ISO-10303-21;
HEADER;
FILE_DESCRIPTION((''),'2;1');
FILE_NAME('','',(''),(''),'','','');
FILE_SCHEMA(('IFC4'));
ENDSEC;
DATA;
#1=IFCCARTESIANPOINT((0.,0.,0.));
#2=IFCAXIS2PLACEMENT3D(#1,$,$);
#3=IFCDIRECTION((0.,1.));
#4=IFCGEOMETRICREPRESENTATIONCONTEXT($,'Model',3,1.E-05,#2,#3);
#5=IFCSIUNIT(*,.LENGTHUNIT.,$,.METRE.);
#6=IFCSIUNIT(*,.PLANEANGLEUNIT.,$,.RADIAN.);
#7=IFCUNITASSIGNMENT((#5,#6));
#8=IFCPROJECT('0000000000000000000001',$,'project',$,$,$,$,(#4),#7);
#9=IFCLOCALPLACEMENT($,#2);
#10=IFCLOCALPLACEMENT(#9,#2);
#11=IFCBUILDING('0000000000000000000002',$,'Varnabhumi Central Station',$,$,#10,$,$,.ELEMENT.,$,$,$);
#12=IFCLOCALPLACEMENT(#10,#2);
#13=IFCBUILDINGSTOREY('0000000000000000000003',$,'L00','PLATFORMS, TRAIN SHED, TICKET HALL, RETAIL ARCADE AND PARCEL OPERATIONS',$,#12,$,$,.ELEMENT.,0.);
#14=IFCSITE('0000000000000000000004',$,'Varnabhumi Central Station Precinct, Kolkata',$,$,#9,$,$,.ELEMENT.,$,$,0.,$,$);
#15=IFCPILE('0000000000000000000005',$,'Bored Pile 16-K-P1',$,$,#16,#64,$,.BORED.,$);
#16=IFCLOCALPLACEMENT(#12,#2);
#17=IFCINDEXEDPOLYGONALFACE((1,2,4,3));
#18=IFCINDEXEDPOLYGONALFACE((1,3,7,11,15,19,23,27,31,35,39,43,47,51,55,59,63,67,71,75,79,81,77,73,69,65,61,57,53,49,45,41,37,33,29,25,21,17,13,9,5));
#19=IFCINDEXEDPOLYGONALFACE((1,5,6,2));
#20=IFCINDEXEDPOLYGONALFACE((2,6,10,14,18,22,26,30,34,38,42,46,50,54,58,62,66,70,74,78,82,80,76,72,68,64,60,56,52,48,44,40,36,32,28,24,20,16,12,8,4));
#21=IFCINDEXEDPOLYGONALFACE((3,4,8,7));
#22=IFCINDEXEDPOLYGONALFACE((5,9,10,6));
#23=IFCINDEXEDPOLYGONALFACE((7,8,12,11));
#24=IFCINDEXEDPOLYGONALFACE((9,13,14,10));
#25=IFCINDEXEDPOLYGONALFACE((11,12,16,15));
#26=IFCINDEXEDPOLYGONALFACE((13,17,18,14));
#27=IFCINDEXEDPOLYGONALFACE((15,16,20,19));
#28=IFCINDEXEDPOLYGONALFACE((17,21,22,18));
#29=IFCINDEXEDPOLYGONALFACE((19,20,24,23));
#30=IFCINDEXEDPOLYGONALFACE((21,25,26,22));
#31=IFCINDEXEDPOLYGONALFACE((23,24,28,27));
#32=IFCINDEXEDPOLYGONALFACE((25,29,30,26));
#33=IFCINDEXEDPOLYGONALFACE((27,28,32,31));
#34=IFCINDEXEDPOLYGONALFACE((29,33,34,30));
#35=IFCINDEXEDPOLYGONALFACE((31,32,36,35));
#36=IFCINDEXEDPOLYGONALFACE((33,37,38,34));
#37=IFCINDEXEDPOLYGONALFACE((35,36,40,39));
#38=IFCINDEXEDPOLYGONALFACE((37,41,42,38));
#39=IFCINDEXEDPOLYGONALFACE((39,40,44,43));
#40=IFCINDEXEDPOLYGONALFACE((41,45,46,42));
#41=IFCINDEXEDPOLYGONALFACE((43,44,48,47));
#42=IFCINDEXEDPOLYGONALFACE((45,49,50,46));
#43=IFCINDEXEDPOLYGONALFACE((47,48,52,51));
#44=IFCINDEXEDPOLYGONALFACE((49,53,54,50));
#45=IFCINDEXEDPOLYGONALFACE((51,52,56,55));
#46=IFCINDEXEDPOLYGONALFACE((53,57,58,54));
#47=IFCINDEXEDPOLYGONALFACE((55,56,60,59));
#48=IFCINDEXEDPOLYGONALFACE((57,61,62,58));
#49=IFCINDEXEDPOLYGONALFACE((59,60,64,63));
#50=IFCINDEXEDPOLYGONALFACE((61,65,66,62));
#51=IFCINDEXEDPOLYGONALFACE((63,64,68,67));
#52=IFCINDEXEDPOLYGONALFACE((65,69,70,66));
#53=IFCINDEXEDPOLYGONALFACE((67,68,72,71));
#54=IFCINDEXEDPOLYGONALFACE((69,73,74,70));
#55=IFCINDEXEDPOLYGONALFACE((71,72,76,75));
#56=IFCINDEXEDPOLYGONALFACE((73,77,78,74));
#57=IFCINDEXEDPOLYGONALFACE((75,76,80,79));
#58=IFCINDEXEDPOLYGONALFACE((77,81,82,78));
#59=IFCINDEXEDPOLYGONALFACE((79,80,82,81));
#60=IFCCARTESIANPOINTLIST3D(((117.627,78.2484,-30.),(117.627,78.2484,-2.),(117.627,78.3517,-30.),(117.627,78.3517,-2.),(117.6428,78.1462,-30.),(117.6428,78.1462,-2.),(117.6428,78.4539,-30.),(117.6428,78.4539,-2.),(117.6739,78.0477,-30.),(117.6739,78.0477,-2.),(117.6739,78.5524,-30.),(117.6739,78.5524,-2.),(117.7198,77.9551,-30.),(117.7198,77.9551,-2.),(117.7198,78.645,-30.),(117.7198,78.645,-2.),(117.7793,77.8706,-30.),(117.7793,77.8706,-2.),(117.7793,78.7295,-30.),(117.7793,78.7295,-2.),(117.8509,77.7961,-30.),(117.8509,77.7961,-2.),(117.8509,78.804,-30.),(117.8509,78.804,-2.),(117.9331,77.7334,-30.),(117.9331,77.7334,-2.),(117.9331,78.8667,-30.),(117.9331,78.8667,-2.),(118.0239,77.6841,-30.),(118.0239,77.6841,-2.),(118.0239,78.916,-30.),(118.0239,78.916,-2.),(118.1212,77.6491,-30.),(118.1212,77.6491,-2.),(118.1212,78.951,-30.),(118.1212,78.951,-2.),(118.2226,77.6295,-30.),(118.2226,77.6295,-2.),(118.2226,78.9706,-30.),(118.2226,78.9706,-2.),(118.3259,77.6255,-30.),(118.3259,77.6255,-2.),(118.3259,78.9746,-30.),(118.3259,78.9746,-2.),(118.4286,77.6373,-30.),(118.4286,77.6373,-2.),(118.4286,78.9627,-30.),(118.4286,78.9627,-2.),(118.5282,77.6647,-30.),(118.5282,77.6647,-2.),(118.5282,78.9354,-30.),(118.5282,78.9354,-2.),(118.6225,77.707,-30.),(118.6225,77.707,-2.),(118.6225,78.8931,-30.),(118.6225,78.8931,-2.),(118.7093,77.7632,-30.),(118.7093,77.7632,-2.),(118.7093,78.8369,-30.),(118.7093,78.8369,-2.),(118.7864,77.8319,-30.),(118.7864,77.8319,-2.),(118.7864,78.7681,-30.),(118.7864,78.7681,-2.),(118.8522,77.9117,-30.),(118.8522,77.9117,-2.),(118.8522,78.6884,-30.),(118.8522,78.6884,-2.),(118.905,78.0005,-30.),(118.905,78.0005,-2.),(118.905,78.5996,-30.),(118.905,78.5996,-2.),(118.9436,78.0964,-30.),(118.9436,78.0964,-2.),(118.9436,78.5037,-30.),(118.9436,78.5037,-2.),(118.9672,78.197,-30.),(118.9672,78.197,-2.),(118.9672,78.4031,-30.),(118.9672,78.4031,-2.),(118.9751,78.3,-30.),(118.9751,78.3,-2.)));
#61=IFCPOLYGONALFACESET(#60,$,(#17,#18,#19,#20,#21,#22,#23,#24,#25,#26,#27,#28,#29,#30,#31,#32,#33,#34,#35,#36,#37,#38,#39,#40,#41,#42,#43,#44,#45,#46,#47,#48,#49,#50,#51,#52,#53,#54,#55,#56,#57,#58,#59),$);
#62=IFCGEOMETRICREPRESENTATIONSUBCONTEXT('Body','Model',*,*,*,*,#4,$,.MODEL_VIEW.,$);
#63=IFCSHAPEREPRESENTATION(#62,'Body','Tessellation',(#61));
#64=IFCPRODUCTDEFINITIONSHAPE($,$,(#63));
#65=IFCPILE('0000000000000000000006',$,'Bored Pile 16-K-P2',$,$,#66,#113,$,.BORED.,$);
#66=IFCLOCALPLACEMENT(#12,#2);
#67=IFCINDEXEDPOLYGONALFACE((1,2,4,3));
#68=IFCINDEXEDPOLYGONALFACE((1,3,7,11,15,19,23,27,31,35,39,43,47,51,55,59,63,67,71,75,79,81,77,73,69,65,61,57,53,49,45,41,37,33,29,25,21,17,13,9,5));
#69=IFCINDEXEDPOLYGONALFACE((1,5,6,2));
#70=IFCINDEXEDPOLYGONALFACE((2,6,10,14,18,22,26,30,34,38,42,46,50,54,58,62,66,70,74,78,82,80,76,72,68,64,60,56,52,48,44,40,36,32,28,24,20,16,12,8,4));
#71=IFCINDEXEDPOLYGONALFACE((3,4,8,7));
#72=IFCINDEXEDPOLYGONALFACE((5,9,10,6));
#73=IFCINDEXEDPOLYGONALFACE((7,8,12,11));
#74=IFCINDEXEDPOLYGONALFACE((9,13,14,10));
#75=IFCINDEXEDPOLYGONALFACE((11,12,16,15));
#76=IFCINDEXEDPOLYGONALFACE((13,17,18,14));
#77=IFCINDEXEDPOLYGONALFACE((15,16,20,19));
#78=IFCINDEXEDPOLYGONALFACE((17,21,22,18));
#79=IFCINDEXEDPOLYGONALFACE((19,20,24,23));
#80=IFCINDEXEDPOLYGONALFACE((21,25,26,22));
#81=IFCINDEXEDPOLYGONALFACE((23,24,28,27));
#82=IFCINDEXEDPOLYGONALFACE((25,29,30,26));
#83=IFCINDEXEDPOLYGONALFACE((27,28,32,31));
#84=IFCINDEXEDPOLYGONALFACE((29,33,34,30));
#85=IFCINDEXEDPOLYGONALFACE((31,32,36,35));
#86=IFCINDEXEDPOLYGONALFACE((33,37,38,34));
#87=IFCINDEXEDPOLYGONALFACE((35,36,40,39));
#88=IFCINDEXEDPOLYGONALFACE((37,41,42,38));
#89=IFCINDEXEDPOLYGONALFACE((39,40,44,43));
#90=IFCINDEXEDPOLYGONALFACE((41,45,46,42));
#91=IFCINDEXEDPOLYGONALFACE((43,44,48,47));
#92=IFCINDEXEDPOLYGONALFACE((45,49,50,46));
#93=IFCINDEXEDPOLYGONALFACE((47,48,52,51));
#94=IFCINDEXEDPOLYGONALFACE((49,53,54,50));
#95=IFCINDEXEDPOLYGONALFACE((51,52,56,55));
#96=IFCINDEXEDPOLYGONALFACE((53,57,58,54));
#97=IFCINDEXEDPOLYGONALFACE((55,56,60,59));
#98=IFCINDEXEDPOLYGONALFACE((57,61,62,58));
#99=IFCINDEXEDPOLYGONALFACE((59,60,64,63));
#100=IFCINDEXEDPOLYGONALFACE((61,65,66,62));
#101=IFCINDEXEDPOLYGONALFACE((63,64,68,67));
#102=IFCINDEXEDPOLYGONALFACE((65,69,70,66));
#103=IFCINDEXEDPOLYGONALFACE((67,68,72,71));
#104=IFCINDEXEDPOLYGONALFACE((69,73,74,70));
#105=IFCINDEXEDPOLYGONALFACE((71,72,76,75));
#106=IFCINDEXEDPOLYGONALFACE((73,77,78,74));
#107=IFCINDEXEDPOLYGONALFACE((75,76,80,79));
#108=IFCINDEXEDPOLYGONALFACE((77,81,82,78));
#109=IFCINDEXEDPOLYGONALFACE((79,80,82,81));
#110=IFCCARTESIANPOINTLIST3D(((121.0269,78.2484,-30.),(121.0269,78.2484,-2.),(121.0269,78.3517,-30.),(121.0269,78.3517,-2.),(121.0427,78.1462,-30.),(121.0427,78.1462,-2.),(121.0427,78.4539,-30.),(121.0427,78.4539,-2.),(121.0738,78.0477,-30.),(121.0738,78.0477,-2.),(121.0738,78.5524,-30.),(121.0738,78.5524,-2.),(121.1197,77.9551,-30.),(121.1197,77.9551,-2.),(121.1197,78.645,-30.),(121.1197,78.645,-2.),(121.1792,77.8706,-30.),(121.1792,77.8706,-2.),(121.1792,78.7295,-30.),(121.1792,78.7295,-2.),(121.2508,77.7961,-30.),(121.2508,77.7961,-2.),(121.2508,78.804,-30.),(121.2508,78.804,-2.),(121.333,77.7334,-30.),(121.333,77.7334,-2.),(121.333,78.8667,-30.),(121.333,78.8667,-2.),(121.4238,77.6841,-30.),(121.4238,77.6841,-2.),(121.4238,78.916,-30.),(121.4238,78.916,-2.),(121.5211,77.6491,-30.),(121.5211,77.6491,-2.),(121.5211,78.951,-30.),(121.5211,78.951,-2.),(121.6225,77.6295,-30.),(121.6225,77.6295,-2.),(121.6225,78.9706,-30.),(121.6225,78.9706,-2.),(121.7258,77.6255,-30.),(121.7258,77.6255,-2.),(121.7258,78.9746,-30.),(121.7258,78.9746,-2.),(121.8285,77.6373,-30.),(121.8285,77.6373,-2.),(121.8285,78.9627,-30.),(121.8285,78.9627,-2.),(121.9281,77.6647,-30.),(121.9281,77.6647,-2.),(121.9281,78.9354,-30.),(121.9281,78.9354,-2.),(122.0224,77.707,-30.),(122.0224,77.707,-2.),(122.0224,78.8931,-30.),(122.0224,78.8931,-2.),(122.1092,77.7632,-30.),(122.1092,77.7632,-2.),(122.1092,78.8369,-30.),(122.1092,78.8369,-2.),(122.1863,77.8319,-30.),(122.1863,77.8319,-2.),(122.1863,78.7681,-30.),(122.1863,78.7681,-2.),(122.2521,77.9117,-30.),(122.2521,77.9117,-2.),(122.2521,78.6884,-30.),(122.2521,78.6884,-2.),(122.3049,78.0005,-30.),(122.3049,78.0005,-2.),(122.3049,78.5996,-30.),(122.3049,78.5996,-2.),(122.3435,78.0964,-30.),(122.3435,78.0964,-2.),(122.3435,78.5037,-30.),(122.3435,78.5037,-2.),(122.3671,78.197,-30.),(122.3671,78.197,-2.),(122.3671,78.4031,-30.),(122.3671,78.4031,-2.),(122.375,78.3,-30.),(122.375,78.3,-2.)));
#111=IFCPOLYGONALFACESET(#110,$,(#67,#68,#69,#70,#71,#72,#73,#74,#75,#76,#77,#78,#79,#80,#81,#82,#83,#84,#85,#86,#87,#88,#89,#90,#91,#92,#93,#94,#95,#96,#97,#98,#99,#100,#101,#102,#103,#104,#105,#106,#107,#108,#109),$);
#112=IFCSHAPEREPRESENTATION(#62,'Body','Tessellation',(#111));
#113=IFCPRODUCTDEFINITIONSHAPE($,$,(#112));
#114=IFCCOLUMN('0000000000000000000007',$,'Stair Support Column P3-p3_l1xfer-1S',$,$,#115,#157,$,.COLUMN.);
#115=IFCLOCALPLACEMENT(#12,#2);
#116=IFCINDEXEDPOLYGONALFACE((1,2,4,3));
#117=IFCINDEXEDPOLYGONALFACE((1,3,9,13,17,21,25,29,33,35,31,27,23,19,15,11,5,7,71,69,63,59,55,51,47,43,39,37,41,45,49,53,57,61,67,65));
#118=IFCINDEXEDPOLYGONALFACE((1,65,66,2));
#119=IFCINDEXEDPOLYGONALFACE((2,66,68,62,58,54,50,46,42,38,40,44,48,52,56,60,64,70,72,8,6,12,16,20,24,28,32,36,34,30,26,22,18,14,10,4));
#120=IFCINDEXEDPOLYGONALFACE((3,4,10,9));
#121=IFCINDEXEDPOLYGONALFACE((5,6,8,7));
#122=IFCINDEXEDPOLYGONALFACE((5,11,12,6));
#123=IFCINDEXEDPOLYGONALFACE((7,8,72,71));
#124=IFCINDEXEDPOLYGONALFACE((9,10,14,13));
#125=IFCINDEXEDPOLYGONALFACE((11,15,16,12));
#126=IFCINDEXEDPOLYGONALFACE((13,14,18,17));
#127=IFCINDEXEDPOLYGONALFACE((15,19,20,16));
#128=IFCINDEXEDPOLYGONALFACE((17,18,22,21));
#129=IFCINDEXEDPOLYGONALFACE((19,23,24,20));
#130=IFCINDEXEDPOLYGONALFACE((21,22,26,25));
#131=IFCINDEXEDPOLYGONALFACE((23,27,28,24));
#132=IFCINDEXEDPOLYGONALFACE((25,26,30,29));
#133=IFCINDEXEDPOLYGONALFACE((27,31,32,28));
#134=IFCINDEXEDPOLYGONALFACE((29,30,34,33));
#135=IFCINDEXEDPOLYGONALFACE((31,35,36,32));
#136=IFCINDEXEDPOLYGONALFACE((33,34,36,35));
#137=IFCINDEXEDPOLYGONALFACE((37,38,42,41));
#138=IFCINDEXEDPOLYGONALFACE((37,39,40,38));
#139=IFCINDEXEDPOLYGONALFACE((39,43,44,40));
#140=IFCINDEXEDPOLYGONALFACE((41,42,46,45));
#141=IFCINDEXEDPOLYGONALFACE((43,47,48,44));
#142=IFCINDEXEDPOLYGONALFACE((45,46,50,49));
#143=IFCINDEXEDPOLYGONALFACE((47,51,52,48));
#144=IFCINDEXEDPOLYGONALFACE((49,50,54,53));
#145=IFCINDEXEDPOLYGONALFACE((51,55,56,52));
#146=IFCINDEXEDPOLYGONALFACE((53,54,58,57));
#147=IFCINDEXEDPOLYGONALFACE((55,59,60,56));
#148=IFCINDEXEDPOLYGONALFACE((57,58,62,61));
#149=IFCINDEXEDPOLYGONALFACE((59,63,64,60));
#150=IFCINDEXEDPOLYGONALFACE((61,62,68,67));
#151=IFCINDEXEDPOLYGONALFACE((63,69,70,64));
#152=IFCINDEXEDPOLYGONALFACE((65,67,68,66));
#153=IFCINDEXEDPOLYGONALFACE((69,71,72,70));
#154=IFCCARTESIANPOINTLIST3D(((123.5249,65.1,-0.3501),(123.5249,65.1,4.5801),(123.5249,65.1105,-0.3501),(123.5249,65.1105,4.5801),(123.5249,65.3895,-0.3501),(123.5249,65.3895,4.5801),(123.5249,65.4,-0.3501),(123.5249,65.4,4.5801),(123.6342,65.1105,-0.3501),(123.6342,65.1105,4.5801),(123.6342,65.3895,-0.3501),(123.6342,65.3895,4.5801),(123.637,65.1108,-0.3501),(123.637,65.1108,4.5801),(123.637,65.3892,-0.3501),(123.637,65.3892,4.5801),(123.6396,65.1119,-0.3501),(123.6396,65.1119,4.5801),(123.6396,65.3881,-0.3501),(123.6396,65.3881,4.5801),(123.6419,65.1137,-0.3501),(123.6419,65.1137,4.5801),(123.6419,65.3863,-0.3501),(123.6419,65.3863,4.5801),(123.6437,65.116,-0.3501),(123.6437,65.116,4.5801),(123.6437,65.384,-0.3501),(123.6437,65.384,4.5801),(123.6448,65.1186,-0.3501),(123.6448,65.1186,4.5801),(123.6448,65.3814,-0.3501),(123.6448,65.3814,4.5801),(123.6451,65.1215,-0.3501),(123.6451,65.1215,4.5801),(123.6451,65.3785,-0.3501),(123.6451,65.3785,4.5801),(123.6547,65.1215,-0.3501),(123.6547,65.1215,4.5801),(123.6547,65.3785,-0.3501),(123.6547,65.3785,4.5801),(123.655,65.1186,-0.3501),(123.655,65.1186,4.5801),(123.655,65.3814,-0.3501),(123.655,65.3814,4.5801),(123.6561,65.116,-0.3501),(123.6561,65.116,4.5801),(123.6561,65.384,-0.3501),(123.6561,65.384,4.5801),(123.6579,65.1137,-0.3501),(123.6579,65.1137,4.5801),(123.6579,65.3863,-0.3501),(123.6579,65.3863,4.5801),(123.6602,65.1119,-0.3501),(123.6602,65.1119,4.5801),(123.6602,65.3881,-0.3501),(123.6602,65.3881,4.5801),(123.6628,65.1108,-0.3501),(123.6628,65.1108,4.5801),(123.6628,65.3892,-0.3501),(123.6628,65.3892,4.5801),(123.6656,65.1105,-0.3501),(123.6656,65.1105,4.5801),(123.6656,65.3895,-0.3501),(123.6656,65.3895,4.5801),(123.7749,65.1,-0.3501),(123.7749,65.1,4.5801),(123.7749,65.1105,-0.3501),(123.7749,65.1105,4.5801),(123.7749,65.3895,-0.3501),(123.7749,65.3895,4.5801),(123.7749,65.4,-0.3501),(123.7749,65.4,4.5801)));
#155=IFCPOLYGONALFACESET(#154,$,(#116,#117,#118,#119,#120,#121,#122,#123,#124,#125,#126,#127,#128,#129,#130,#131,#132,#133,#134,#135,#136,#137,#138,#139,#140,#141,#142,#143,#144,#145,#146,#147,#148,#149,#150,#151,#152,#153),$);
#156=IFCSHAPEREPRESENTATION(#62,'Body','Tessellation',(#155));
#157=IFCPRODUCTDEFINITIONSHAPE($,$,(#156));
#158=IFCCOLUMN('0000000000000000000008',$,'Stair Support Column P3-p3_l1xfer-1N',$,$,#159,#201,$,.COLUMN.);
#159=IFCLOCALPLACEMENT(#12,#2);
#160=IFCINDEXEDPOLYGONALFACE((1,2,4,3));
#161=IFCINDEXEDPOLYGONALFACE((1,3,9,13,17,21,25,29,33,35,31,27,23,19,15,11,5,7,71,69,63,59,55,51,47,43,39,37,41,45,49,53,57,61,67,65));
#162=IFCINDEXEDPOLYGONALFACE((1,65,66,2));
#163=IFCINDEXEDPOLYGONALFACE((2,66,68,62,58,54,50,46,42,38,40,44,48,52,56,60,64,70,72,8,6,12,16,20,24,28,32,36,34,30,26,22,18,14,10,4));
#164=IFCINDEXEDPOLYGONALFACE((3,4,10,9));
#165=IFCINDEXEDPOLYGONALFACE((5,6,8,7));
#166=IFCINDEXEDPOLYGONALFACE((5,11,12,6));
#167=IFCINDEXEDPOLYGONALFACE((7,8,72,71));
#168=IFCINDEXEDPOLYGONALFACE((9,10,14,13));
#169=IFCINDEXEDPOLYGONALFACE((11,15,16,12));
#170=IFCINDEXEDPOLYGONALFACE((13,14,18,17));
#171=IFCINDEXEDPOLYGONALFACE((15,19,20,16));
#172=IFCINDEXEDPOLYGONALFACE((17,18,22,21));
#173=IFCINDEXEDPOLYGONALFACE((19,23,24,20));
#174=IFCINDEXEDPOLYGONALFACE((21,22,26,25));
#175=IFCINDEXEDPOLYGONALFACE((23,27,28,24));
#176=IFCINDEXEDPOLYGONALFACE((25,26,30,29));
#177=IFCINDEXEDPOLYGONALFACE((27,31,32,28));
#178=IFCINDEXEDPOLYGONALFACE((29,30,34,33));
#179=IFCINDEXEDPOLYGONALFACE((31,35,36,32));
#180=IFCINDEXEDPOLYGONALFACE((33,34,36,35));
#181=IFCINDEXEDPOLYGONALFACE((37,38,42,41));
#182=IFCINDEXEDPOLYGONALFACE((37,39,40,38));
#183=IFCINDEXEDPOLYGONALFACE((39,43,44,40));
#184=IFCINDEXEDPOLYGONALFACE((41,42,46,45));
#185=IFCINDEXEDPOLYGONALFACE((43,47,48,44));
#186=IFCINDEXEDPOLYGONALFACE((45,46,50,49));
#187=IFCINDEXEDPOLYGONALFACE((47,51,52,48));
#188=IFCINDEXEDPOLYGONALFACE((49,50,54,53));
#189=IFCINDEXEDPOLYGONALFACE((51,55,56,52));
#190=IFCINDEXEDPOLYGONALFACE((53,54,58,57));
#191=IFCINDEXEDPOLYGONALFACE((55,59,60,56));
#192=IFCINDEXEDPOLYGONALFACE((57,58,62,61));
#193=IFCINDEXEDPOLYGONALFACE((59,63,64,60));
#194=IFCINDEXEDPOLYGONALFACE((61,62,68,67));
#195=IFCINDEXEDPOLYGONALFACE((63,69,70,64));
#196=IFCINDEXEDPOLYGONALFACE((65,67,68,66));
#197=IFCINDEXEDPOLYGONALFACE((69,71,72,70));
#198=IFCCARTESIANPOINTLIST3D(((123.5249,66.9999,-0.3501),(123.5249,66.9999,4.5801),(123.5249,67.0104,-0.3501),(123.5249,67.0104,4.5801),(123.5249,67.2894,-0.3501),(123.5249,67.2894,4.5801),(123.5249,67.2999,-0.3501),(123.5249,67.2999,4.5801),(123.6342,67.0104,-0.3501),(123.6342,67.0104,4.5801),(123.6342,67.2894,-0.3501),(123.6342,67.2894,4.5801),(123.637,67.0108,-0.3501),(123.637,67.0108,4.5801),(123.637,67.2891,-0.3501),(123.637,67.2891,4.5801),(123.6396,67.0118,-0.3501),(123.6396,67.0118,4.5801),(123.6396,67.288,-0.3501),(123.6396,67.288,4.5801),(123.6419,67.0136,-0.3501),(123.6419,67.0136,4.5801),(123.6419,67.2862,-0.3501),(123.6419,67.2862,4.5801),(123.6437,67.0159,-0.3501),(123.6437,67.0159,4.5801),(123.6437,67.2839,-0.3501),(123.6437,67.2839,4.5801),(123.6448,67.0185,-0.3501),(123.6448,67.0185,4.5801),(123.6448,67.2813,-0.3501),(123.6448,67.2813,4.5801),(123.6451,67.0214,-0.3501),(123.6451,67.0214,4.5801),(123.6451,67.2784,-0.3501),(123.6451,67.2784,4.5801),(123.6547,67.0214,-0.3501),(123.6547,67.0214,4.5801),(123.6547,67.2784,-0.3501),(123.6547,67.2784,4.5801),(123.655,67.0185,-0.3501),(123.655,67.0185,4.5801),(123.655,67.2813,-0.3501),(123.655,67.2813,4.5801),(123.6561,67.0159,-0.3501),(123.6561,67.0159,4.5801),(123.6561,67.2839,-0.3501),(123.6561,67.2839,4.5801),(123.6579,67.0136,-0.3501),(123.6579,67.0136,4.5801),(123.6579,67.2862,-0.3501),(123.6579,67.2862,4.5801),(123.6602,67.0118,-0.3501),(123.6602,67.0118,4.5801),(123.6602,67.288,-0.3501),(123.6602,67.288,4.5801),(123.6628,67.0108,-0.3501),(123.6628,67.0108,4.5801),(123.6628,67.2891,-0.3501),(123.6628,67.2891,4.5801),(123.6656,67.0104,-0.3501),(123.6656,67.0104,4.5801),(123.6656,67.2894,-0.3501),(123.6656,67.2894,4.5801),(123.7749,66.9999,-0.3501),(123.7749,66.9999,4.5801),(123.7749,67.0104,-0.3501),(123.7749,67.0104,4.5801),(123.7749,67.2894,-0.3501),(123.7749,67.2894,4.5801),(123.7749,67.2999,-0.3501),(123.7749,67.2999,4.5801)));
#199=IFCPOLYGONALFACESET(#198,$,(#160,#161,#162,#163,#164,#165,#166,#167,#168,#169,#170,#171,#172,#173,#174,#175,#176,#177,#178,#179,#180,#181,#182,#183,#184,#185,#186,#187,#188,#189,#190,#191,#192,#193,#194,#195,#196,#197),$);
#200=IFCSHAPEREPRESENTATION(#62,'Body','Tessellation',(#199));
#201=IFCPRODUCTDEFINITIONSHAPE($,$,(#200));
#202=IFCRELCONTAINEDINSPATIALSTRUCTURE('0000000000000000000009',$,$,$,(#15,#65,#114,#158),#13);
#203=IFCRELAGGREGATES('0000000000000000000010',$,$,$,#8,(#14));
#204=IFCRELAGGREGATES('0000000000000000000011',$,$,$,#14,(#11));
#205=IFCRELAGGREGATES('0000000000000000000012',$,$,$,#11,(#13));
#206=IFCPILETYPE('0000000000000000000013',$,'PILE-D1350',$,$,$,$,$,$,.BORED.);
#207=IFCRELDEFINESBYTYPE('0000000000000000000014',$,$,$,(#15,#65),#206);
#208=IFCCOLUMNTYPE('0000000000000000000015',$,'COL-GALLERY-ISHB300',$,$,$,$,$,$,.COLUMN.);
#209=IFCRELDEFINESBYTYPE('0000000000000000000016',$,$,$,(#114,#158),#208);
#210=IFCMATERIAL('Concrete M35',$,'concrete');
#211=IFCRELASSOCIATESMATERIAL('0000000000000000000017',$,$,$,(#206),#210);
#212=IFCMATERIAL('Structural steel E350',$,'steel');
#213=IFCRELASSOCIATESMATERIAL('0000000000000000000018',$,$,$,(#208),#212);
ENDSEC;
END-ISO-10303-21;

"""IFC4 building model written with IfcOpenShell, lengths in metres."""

from ifc_helpers import new_model, si_unit, direction, frame, origin, origin_2d, place, context, subcontext, project, spatial, circle, i_section, extrude, material, material_profile, profile_set, type_object, element, save


model = new_model("IFC4")

# Units and contexts
model_context = context("Model", 3, precision=1e-05, world=origin(), true_north=direction((0.0, 1.0)))
body_context = subcontext(model_context, "Body", "Model", "MODEL_VIEW")
ifc_project = project(units=[si_unit("LENGTHUNIT", "METRE"), si_unit("PLANEANGLEUNIT", "RADIAN")], contexts=[model_context])

# Site, building, storey
site_placement = place(None, origin())
site = spatial("IfcSite", under=ifc_project, at=site_placement, Name="Varnabhumi Central Station Precinct, Kolkata", CompositionType="ELEMENT", RefElevation=0.0)
building_placement = place(site_placement, origin())
building = spatial("IfcBuilding", under=site, at=building_placement, Name="Varnabhumi Central Station", CompositionType="ELEMENT")
storey_placement = place(building_placement, origin())
storey = spatial("IfcBuildingStorey", under=building, at=storey_placement, Name="L00", Description="PLATFORMS, TRAIN SHED, TICKET HALL, RETAIL ARCADE AND PARCEL OPERATIONS", CompositionType="ELEMENT", Elevation=0.0)

# Piles
ifc_material_1 = material(Name="Concrete M35", Category="concrete")
ifc_material_profile_1 = material_profile(ifc_material_1, circle(Radius=0.675, at=origin_2d()), Name="Concrete M35", Category="concrete")
ifc_profile_set_1 = profile_set([ifc_material_profile_1], Name="Concrete M35")
pile_type = type_object("IfcPileType", Name="PILE-D1350", PredefinedType="BORED", material=ifc_profile_set_1)
for number, where, z_axis, x_axis, name in (
    (1, (118.3, 78.3, -2.0), (0.0, 0.0, -1.0), (1.0, 0.0, 0.0), "Bored Pile 16-K-P1"),
    (2, (121.7, 78.3, -2.0), (0.0, 0.0, -1.0), (1.0, 0.0, 0.0), "Bored Pile 16-K-P2"),
):
    element("IfcPile", number, at=place(storey_placement, frame(where, z_axis=z_axis, x_axis=x_axis)), inside=storey, type_object=pile_type, Name=name, PredefinedType="BORED", context=body_context, shape_type="SweptSolid", body=[
        extrude(circle(Radius=0.675, at=origin_2d()), origin(), (0.0, 0.0, 1.0), 28.0),
    ])

# Columns
ifc_material_2 = material(Name="Structural steel E350", Category="steel")
ifc_material_profile_2 = material_profile(ifc_material_2, i_section(OverallWidth=0.25, OverallDepth=0.3, WebThickness=0.0095, FlangeThickness=0.0105, FilletRadius=0.011, at=origin_2d()), Name="Structural steel E350", Category="steel")
ifc_profile_set_2 = profile_set([ifc_material_profile_2], Name="Structural steel E350")
column_type = type_object("IfcColumnType", Name="COL-GALLERY-ISHB300", PredefinedType="COLUMN", material=ifc_profile_set_2)
for number, where, z_axis, x_axis, name in (
    (3, (123.6499, 65.25, -0.3501), (0.0, 0.0, 1.0), (1.0, 0.0, 0.0), "Stair Support Column P3-p3_l1xfer-1S"),
    (4, (123.6499, 67.1499, -0.3501), (0.0, 0.0, 1.0), (1.0, 0.0, 0.0), "Stair Support Column P3-p3_l1xfer-1N"),
):
    element("IfcColumn", number, at=place(storey_placement, frame(where, z_axis=z_axis, x_axis=x_axis)), inside=storey, type_object=column_type, Name=name, PredefinedType="COLUMN", context=body_context, shape_type="SweptSolid", body=[
        extrude(i_section(OverallWidth=0.25, OverallDepth=0.3, WebThickness=0.0095, FlangeThickness=0.0105, FilletRadius=0.011, at=origin_2d()), origin(), (0.0, 0.0, 1.0), 4.9302),
    ])

save(model, "model.ifc")
